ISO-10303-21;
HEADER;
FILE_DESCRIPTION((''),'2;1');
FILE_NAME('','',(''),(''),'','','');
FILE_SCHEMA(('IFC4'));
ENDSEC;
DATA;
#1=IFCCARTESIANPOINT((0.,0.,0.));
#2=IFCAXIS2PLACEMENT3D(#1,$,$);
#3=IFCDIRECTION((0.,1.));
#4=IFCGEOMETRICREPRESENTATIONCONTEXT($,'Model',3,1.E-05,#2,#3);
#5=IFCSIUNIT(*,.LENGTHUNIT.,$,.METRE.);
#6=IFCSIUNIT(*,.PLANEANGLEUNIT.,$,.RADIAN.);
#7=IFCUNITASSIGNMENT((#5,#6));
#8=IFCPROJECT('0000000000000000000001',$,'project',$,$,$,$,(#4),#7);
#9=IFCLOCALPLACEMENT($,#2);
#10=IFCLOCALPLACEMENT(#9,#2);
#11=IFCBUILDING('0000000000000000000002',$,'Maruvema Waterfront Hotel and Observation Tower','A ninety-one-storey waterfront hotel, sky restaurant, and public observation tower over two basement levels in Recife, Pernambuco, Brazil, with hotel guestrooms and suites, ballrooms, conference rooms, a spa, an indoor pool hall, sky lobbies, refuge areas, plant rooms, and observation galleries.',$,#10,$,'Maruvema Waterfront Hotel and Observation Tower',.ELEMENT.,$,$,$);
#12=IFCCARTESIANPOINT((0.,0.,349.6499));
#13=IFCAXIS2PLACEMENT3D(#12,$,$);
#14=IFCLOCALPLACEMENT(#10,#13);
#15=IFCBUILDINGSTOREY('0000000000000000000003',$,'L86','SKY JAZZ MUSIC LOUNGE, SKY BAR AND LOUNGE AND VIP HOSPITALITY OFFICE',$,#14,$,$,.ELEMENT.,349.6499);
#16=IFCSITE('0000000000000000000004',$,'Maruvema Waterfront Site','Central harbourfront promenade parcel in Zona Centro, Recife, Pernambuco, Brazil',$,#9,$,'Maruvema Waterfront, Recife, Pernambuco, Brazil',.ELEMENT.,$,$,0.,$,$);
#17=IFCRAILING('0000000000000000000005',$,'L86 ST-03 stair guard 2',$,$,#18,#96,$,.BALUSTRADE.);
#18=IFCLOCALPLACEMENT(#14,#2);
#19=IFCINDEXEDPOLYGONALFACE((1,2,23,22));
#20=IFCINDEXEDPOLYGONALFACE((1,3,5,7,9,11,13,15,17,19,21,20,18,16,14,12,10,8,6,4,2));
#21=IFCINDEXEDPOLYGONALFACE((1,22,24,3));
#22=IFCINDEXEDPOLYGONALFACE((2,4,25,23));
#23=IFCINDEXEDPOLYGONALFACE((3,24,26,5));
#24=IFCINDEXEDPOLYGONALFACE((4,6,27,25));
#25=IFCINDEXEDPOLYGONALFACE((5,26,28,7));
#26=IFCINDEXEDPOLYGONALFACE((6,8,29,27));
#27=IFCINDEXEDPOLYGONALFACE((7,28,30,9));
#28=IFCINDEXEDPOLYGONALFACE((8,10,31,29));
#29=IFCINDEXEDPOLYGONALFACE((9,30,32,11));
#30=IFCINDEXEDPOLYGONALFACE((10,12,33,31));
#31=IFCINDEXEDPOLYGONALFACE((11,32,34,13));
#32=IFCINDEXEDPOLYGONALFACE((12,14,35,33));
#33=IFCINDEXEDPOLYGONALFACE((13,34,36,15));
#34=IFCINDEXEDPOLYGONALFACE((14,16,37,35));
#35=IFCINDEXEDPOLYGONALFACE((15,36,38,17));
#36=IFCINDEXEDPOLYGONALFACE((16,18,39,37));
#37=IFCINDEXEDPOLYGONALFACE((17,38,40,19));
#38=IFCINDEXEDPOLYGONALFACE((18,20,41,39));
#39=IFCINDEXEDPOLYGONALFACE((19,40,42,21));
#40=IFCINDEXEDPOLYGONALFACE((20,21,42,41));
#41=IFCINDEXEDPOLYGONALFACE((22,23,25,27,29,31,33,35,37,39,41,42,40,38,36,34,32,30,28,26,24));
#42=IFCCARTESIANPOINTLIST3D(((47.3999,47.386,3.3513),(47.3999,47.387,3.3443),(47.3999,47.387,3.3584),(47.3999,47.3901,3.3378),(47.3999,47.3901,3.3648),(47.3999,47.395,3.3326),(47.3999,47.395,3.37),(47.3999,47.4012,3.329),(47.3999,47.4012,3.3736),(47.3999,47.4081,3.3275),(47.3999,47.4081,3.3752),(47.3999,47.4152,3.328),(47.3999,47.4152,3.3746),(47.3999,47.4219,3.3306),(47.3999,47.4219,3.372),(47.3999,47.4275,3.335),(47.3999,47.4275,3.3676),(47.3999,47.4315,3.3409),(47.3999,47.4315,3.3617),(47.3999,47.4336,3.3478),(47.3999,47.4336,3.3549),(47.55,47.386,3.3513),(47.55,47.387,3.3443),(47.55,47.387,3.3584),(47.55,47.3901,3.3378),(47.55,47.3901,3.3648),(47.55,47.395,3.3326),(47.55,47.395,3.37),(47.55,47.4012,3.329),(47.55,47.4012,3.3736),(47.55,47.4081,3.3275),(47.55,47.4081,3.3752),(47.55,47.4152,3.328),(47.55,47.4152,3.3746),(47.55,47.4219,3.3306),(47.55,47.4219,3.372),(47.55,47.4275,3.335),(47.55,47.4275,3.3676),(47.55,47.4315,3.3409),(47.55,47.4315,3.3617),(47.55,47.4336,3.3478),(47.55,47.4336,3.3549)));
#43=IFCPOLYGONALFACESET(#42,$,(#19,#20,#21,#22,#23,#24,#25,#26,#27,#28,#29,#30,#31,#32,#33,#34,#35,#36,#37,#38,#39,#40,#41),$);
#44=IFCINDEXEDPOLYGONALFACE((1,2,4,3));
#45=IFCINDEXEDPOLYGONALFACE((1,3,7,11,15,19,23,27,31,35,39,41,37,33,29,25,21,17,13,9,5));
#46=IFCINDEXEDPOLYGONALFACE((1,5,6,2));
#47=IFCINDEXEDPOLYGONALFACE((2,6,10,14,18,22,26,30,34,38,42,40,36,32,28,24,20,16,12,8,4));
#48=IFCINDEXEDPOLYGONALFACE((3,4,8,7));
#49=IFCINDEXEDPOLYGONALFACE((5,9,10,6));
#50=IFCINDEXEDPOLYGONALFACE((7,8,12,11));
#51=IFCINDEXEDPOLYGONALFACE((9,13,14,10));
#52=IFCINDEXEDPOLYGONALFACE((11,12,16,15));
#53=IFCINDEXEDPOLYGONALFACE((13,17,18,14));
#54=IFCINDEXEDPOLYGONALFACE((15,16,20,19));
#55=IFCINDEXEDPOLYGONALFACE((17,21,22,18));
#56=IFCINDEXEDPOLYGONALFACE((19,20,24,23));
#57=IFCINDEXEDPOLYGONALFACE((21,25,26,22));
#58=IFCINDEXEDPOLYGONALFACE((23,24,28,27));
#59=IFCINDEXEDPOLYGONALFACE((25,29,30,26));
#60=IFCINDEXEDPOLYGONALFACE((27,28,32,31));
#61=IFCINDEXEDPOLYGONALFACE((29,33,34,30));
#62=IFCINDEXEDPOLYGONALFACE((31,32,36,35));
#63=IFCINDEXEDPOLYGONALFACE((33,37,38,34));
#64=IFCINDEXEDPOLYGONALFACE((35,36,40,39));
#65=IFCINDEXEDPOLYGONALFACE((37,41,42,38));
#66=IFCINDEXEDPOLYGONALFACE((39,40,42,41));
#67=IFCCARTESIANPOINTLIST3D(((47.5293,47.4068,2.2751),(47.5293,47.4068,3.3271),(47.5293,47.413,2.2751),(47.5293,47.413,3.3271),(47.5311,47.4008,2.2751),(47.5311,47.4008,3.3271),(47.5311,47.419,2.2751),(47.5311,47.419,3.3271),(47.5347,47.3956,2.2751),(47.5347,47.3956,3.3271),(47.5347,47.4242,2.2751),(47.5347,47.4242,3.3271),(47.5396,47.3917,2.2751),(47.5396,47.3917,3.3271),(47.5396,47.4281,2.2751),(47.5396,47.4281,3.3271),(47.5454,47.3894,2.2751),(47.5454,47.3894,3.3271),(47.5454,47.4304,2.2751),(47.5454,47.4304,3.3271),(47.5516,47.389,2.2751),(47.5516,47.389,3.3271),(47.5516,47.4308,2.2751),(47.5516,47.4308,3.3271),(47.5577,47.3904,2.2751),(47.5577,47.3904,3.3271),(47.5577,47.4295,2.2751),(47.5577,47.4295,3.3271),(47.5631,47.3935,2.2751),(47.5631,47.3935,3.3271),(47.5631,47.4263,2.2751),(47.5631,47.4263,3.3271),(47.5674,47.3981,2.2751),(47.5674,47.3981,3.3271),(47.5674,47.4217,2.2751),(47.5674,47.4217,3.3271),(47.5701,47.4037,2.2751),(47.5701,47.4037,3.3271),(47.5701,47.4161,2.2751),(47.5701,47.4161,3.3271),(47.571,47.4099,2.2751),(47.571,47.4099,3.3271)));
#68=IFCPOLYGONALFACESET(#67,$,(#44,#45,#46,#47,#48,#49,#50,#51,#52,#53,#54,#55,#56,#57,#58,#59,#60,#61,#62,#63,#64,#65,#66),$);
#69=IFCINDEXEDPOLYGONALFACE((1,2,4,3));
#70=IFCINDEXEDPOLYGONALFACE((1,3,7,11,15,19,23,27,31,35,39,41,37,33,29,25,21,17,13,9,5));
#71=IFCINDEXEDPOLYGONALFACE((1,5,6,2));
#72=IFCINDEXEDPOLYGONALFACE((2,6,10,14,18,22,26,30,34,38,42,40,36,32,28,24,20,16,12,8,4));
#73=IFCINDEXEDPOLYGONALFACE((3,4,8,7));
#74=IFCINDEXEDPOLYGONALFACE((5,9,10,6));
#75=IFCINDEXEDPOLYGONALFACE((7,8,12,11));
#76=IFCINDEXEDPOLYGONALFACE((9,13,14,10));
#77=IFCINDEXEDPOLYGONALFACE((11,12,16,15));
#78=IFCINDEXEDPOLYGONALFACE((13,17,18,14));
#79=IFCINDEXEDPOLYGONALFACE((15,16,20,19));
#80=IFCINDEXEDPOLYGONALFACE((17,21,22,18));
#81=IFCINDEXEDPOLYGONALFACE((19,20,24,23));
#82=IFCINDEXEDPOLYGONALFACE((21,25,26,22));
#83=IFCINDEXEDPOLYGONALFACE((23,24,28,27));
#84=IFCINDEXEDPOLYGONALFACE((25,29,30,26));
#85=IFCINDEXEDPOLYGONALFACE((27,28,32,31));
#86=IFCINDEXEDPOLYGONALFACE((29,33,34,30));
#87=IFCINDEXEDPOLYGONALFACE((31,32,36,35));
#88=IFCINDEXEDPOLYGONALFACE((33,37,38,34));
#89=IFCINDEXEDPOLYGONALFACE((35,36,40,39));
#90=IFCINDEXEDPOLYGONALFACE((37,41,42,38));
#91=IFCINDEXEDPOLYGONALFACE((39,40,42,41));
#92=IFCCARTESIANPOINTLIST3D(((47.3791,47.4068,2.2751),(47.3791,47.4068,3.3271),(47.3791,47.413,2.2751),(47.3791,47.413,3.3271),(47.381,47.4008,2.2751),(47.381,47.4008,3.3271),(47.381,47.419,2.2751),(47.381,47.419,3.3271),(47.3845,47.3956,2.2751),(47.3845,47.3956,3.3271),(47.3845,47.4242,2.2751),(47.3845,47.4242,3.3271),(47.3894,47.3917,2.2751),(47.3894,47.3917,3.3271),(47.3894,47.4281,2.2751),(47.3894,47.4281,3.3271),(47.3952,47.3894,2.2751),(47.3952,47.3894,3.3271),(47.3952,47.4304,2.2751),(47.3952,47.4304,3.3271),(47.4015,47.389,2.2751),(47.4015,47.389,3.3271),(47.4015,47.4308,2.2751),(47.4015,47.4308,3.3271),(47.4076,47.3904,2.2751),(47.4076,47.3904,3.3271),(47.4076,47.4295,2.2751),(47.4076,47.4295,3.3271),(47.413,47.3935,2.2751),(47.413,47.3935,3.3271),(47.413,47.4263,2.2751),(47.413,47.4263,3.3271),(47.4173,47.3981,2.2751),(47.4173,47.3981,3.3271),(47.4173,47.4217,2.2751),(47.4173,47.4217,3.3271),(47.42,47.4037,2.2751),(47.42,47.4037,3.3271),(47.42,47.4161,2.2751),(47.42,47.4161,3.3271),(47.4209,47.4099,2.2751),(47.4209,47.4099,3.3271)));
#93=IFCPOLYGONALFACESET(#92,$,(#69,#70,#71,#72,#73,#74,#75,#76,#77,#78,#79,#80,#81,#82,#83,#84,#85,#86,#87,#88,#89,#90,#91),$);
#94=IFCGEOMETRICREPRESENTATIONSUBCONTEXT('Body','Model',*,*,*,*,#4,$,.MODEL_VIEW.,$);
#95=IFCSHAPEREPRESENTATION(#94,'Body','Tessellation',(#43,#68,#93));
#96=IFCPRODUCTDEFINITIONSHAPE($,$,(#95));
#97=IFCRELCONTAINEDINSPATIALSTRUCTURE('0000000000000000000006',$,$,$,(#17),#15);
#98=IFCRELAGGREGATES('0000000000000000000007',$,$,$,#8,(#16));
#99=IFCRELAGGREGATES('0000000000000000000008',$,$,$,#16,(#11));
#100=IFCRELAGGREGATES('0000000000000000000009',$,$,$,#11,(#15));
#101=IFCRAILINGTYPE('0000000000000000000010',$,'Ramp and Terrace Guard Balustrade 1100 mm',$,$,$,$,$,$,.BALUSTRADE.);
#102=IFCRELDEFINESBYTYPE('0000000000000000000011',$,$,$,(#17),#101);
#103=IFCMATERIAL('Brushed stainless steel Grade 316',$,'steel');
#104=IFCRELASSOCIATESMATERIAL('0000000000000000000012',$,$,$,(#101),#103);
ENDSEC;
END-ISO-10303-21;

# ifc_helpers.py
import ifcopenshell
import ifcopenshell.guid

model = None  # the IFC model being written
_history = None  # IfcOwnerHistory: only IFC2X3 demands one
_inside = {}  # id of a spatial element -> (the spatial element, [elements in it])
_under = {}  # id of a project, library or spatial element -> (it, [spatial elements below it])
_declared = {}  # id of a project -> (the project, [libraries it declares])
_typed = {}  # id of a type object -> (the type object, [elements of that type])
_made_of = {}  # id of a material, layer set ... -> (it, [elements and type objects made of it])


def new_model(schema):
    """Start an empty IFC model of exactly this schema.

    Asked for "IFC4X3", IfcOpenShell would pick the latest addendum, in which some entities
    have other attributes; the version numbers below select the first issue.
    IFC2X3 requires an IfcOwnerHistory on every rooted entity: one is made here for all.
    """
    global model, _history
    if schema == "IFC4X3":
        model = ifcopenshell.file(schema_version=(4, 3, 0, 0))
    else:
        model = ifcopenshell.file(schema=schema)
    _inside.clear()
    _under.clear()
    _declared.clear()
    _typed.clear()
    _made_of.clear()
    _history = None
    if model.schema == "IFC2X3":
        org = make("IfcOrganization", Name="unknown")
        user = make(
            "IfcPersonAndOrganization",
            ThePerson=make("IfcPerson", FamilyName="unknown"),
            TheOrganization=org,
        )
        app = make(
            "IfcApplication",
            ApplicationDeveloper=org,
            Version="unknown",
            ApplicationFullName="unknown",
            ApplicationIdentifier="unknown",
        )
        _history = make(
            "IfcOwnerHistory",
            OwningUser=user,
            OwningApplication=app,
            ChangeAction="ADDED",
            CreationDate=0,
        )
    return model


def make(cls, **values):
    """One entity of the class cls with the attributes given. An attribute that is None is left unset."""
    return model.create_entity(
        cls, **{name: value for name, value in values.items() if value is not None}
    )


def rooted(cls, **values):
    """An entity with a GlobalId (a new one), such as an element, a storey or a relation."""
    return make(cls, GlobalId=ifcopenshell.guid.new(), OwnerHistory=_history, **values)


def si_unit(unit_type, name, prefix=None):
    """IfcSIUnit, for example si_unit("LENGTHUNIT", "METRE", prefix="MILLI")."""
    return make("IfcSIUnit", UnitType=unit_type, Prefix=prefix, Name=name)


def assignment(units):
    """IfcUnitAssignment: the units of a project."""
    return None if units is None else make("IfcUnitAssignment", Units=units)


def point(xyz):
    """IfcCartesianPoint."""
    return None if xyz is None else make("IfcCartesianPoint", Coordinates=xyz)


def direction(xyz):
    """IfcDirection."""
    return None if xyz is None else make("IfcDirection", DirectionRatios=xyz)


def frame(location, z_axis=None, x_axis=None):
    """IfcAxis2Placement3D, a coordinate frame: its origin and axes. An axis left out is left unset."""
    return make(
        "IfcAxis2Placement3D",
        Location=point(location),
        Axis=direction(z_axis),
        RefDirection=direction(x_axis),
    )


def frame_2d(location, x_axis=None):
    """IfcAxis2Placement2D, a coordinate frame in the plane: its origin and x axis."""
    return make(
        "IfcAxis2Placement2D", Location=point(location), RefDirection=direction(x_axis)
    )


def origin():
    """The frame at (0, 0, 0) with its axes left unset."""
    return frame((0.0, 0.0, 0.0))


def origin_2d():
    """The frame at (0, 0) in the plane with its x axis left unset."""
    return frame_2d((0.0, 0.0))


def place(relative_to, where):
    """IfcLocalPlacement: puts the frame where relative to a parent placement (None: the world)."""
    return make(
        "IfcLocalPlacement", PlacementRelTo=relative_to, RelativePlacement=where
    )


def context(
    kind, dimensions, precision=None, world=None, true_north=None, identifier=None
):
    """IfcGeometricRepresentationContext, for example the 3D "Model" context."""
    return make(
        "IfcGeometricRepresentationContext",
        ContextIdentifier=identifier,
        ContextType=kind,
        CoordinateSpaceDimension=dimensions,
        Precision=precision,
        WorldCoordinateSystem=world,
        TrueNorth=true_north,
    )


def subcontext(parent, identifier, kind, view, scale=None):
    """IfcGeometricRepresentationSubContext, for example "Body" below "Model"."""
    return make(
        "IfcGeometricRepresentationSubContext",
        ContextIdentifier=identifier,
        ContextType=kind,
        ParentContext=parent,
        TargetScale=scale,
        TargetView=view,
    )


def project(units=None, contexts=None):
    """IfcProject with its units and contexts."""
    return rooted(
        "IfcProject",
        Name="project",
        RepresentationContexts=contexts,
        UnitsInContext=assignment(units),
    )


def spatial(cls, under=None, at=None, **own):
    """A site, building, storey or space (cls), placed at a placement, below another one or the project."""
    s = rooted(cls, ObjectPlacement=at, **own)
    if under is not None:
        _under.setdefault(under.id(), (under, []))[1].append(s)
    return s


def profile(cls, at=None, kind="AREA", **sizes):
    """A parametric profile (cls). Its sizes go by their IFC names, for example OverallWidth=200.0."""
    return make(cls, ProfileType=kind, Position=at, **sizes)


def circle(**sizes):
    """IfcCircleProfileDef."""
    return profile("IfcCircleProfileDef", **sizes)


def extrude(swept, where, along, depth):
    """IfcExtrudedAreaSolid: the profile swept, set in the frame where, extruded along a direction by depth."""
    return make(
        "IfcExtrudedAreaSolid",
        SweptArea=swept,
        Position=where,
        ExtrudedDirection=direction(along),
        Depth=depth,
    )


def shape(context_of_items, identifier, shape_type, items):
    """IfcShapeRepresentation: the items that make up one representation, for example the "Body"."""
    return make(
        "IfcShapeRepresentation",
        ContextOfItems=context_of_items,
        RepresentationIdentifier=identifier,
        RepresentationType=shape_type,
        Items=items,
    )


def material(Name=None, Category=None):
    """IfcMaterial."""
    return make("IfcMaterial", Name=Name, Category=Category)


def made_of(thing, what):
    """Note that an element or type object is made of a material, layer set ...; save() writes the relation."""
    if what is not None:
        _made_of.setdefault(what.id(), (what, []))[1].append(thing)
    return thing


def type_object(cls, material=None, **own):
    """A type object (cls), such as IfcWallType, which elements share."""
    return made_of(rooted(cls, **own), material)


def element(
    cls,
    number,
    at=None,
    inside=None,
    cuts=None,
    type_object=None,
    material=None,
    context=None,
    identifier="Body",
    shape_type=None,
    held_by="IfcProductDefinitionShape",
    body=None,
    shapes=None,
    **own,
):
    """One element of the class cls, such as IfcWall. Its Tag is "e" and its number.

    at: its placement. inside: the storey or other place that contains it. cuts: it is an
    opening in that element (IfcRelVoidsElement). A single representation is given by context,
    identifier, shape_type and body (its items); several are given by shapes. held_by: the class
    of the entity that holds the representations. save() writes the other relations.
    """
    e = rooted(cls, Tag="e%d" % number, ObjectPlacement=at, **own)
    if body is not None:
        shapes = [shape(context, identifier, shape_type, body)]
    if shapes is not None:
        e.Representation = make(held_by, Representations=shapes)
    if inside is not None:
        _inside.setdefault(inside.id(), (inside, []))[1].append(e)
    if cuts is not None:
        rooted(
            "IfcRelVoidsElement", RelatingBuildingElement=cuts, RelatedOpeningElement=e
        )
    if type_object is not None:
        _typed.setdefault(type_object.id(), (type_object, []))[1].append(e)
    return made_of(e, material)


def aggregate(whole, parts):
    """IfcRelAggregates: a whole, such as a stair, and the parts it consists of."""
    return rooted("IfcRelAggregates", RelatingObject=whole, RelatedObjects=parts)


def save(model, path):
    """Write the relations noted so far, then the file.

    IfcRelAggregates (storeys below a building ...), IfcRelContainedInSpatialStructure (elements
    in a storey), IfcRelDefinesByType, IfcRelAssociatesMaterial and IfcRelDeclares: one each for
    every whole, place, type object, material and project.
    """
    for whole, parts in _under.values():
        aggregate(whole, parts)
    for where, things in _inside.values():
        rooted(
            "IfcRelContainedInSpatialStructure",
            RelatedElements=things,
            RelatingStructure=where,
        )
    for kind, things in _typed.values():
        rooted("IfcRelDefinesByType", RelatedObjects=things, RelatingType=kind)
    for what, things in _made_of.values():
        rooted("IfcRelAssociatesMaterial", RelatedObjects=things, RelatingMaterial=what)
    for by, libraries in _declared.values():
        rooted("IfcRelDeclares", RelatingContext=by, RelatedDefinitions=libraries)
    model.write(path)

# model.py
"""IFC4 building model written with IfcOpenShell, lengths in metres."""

from ifc_helpers import new_model, si_unit, direction, frame, origin, origin_2d, place, context, subcontext, project, spatial, circle, extrude, material, type_object, element, save


model = new_model("IFC4")

# Units and contexts
model_context = context("Model", 3, precision=1e-05, world=origin(), true_north=direction((0.0, 1.0)))
body_context = subcontext(model_context, "Body", "Model", "MODEL_VIEW")
ifc_project = project(units=[si_unit("LENGTHUNIT", "METRE"), si_unit("PLANEANGLEUNIT", "RADIAN")], contexts=[model_context])

# Site, building, storey
site_placement = place(None, origin())
site = spatial("IfcSite", under=ifc_project, at=site_placement, Name="Maruvema Waterfront Site", Description="Central harbourfront promenade parcel in Zona Centro, Recife, Pernambuco, Brazil", LongName="Maruvema Waterfront, Recife, Pernambuco, Brazil", CompositionType="ELEMENT", RefElevation=0.0)
building_placement = place(site_placement, origin())
building = spatial("IfcBuilding", under=site, at=building_placement, Name="Maruvema Waterfront Hotel and Observation Tower", Description="A ninety-one-storey waterfront hotel, sky restaurant, and public observation tower over two basement levels in Recife, Pernambuco, Brazil, with hotel guestrooms and suites, ballrooms, conference rooms, a spa, an indoor pool hall, sky lobbies, refuge areas, plant rooms, and observation galleries.", LongName="Maruvema Waterfront Hotel and Observation Tower", CompositionType="ELEMENT")
storey_placement = place(building_placement, frame((0.0, 0.0, 349.6499)))
storey = spatial("IfcBuildingStorey", under=building, at=storey_placement, Name="L86", Description="SKY JAZZ MUSIC LOUNGE, SKY BAR AND LOUNGE AND VIP HOSPITALITY OFFICE", CompositionType="ELEMENT", Elevation=349.6499)

# Railing
ifc_material_1 = material(Name="Brushed stainless steel Grade 316", Category="steel")
railing_type_1 = type_object("IfcRailingType", Name="Ramp and Terrace Guard Balustrade 1100 mm", PredefinedType="BALUSTRADE", material=ifc_material_1)
railing_1_placement = place(storey_placement, frame((47.55, 47.4099, 2.2751)))
element("IfcRailing", 1, at=railing_1_placement, inside=storey, type_object=railing_type_1, Name="L86 ST-03 stair guard 2", PredefinedType="BALUSTRADE", context=body_context, shape_type="SweptSolid", body=[
    extrude(circle(Radius=0.0239, at=origin_2d()), frame((0.0, 0.0, 1.0762), z_axis=(-1.0, 0.0, 0.0), x_axis=(0.0, -1.0, 0.0)), (0.0, 0.0, 1.0), 0.1501),
    extrude(circle(Radius=0.021, at=origin_2d()), origin(), (0.0, 0.0, 1.0), 1.052),
    extrude(circle(Radius=0.021, at=origin_2d()), frame((-0.1501, 0.0, 0.0)), (0.0, 0.0, 1.0), 1.052),
])

save(model, "model.ifc")
